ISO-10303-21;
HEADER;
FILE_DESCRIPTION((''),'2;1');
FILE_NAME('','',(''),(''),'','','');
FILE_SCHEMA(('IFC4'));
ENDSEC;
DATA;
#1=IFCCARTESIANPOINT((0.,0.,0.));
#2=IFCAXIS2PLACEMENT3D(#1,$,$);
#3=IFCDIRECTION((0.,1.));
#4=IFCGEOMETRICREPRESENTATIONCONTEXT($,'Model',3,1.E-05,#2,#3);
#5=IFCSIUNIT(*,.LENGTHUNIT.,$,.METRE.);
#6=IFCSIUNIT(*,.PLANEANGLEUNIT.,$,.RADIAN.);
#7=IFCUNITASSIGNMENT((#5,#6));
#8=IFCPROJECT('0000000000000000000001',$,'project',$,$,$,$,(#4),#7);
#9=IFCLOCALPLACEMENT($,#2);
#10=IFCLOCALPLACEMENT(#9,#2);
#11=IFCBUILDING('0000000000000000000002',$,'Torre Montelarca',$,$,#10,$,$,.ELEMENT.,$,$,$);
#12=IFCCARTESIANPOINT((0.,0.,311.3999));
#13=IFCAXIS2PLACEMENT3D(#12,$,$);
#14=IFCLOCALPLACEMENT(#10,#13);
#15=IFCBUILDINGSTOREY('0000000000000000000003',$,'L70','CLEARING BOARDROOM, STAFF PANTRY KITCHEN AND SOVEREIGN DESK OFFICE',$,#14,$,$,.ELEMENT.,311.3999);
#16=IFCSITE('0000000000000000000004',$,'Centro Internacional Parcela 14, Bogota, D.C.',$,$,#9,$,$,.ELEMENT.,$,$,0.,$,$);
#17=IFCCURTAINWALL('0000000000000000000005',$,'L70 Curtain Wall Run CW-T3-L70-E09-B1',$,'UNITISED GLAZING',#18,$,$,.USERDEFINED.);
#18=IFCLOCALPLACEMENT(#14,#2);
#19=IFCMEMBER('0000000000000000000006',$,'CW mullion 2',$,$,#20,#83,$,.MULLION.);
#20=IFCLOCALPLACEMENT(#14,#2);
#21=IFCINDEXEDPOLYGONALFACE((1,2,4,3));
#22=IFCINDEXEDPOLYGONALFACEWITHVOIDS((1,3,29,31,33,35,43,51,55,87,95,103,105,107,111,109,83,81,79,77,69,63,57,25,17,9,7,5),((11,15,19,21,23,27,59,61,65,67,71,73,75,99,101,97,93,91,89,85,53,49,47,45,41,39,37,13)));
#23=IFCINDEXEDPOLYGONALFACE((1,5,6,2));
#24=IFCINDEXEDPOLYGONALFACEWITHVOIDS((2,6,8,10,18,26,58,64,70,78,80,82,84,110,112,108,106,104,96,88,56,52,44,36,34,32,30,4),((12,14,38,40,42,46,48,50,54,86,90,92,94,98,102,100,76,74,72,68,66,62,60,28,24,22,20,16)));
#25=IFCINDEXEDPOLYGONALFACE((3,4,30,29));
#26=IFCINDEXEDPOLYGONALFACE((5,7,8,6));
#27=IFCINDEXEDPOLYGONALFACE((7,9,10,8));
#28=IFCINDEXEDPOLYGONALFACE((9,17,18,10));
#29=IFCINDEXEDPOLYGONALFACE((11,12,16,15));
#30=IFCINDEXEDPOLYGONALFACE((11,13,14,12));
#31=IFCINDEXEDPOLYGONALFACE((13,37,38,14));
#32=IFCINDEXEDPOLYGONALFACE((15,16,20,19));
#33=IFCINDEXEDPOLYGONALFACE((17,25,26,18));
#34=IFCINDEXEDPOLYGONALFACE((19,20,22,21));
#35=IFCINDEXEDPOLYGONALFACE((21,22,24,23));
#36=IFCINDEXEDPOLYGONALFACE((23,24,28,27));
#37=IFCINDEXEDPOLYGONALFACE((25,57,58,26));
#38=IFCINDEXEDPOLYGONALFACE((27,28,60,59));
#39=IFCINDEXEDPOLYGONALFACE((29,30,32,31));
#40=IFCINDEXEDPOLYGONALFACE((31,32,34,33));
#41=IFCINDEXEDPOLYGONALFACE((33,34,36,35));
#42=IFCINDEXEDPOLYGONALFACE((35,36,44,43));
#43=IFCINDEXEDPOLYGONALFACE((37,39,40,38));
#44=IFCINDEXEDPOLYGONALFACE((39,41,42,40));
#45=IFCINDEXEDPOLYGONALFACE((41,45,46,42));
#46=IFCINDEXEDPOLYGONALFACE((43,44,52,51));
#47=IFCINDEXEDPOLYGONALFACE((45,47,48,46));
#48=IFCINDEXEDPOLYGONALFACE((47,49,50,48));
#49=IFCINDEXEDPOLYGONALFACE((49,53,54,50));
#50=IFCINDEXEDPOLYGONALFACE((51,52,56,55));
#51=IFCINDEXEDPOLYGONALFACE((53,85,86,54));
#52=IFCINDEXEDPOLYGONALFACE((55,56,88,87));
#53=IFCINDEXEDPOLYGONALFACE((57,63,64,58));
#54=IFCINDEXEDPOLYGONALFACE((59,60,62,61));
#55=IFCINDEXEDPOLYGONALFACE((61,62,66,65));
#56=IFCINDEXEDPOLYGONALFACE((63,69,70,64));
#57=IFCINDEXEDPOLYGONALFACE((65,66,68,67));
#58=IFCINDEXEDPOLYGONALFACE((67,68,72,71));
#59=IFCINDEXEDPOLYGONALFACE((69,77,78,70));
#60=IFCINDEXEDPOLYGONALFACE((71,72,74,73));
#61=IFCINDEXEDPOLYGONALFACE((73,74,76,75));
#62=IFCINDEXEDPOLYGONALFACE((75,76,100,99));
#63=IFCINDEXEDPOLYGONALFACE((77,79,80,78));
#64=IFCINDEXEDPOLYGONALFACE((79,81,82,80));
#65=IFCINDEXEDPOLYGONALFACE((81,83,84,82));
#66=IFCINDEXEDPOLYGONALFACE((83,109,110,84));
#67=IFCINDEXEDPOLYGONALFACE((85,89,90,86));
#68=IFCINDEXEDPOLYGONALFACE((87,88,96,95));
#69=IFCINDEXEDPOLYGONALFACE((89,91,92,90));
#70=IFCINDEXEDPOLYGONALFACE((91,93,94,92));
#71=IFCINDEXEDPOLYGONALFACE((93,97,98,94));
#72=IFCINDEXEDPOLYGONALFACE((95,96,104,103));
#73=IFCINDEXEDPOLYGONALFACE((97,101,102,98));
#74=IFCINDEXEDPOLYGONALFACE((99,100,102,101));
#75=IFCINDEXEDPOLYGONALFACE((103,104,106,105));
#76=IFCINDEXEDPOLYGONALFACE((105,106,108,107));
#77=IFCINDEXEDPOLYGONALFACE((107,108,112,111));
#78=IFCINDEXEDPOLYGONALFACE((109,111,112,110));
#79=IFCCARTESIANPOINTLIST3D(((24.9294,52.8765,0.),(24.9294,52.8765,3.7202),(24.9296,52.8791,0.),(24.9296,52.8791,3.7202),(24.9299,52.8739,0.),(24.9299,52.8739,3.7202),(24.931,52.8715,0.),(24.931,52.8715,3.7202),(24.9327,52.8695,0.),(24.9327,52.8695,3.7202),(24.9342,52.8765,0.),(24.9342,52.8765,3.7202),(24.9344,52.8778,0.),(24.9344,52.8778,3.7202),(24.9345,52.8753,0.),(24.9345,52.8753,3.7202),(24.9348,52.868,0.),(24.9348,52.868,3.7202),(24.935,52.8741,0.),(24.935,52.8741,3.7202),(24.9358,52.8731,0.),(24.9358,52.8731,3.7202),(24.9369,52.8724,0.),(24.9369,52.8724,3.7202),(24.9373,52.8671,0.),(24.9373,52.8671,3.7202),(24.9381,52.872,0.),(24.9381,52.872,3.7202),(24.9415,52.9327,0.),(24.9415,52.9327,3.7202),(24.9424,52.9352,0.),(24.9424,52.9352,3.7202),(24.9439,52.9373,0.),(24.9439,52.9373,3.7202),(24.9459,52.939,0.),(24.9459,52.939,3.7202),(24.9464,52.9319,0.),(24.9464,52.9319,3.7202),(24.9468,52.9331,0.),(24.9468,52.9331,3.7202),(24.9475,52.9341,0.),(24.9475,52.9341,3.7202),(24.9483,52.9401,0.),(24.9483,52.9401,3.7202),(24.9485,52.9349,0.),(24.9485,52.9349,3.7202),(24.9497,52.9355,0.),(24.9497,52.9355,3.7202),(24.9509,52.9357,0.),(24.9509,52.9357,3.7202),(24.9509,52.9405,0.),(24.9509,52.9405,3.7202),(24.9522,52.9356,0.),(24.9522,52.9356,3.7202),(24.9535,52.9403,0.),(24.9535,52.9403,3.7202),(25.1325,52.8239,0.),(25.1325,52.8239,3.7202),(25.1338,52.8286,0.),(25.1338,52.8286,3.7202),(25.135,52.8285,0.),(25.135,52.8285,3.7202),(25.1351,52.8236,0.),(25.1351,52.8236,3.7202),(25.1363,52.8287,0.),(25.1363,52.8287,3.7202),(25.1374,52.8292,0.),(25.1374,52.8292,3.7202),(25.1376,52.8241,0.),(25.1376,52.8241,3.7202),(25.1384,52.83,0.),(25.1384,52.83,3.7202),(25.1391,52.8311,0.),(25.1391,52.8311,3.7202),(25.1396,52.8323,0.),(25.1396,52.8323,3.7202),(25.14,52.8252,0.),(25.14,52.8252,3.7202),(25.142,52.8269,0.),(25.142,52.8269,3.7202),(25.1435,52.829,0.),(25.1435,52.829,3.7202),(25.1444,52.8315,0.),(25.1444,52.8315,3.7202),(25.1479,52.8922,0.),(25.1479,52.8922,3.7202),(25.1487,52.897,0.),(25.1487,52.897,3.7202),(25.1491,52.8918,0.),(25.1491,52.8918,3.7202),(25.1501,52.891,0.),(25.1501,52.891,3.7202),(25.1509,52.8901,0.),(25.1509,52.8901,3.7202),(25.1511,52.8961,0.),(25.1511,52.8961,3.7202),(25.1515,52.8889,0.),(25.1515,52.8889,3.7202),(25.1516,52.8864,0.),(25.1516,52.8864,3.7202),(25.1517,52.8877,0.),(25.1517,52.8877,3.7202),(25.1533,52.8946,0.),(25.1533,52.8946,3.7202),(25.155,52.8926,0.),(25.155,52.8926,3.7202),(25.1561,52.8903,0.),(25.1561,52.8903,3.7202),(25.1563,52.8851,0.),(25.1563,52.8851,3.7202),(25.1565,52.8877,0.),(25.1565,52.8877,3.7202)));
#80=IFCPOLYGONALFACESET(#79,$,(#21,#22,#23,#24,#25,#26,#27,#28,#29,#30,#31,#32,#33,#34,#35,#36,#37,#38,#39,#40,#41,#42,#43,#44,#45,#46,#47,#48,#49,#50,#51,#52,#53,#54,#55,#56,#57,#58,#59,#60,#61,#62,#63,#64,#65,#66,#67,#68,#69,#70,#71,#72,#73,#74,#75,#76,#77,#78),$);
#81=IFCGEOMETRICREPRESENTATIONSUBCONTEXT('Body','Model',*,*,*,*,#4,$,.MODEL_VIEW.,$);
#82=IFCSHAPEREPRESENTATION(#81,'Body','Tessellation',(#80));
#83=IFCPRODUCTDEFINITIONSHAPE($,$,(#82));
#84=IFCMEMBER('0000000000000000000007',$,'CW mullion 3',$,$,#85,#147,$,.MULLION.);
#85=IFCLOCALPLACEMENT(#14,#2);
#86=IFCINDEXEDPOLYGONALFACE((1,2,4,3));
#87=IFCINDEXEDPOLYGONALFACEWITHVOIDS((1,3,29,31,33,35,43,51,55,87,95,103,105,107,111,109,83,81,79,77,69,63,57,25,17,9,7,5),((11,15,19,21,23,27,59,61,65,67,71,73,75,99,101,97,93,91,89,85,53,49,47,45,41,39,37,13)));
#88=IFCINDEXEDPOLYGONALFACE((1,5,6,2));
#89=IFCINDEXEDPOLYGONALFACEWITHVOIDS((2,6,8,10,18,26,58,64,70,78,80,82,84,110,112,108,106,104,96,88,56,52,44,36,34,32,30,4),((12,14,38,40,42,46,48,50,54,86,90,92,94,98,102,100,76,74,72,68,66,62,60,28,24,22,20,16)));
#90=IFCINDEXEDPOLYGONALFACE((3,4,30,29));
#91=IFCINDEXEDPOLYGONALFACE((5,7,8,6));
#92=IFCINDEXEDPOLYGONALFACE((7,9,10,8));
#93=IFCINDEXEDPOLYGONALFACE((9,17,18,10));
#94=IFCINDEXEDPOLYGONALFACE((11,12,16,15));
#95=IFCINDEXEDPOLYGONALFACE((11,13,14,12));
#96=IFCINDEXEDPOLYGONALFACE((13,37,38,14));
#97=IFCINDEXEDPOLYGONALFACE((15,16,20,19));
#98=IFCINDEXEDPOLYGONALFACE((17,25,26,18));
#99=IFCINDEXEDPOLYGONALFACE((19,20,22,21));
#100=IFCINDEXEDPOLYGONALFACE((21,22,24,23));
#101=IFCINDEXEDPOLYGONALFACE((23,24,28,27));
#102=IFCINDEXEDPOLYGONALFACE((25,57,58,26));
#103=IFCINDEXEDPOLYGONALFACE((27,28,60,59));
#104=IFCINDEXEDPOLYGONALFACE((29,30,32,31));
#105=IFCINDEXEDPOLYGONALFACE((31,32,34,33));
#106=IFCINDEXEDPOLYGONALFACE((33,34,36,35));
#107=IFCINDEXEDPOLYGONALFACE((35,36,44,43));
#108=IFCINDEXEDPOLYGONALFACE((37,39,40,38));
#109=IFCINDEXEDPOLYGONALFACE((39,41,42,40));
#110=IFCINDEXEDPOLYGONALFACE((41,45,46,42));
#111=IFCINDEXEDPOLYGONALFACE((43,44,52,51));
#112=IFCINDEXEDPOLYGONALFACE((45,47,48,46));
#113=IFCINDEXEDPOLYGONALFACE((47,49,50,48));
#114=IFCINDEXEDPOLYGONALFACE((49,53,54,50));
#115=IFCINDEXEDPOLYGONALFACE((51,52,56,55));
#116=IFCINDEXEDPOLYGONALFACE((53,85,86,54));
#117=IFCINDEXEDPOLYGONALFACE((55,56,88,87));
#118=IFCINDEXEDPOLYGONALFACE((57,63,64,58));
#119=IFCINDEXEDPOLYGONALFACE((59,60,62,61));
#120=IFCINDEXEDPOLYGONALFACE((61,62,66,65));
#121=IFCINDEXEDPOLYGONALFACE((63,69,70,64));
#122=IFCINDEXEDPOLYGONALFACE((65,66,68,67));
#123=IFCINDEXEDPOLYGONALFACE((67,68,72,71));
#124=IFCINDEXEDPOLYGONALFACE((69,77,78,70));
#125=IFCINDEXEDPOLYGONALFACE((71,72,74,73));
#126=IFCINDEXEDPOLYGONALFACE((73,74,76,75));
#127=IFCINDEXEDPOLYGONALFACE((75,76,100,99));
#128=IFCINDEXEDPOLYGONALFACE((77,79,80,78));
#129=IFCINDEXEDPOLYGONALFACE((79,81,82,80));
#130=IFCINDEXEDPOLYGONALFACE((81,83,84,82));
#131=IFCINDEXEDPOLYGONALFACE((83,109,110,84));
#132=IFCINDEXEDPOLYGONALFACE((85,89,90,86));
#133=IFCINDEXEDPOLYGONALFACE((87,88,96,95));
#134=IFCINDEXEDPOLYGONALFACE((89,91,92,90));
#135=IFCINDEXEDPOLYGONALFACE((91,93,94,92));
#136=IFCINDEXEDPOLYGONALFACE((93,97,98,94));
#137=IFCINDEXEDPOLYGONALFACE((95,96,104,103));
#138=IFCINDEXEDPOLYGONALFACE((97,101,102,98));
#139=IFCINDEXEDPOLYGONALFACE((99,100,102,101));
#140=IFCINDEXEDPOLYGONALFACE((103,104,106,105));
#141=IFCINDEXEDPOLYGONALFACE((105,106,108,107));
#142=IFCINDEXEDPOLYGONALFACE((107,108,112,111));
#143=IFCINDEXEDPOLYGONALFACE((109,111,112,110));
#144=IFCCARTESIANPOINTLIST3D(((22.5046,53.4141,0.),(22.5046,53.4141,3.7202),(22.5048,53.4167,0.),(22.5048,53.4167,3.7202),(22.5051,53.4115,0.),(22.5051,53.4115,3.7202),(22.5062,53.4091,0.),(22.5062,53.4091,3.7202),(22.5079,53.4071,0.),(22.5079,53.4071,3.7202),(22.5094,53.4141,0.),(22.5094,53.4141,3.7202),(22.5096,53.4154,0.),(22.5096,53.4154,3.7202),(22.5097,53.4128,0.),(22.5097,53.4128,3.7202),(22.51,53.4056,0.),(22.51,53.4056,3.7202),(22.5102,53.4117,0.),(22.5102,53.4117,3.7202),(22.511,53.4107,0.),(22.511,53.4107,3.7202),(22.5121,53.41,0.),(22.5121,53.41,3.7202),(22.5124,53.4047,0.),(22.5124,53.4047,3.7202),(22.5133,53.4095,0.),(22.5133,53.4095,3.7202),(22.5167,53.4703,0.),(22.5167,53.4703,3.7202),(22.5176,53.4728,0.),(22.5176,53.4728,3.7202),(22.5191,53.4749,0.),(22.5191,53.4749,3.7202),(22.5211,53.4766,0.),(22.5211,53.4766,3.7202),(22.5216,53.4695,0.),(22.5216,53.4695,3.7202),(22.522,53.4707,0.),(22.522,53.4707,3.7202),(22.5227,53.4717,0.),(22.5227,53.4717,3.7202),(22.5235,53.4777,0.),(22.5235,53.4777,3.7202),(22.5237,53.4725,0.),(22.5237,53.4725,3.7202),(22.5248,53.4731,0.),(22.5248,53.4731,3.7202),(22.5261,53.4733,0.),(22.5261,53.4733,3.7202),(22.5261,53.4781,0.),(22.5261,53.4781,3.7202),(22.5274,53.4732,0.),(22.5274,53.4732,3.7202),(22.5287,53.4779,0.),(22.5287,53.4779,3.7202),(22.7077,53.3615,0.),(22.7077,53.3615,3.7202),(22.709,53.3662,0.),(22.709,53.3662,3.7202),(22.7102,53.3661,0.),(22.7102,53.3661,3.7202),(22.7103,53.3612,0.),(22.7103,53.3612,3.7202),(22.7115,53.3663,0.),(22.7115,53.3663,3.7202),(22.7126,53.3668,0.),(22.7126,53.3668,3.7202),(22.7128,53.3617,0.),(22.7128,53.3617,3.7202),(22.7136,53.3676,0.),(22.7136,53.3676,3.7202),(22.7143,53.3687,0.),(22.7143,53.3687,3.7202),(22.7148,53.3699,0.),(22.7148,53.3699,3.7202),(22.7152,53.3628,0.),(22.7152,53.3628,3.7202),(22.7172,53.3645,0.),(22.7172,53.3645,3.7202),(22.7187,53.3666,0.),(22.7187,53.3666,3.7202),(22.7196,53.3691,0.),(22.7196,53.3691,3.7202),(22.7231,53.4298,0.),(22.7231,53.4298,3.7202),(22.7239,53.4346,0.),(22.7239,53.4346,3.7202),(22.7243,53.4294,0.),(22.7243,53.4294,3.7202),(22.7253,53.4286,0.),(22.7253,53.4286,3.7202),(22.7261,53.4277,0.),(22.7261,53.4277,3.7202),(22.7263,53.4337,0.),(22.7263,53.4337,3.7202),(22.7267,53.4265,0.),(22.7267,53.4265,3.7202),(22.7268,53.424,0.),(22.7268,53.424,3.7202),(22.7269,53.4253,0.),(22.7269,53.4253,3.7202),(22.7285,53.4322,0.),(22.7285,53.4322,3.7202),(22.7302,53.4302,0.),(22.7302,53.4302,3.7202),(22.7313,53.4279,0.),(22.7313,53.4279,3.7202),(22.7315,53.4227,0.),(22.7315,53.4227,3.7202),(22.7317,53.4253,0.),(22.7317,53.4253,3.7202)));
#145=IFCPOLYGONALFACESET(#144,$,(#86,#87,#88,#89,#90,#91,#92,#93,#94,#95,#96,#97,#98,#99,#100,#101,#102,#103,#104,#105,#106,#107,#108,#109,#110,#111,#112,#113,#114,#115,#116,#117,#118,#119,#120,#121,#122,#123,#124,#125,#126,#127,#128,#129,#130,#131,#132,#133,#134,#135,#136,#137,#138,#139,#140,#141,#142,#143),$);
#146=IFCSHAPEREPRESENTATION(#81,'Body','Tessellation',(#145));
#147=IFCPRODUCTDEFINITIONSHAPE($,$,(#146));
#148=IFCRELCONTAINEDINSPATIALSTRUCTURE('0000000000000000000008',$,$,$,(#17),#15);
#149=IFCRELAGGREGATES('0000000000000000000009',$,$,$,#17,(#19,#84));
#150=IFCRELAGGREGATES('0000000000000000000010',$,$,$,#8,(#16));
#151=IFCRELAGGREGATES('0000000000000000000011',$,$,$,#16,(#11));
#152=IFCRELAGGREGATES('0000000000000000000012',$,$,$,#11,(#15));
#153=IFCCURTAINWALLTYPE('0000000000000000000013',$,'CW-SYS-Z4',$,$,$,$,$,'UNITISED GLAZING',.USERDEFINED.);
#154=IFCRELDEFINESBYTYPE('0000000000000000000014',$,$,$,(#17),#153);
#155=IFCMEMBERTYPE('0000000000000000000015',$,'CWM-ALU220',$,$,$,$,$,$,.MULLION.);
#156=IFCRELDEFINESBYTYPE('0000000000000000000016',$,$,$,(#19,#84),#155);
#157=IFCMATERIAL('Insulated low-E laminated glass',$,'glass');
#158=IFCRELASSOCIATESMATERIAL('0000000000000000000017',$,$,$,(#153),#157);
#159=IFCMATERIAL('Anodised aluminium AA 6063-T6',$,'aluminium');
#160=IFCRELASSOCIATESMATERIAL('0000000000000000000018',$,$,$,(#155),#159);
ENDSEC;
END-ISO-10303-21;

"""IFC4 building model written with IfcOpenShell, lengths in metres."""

from ifc_helpers import new_model, si_unit, direction, frame, origin, origin_2d, place, context, subcontext, project, spatial, hollow_rectangle, extrude, source, transform, mapped, material, material_profile, profile_set, type_object, element, aggregate, save


model = new_model("IFC4")

# Units and contexts
model_context = context("Model", 3, precision=1e-05, world=origin(), true_north=direction((0.0, 1.0)))
body_context = subcontext(model_context, "Body", "Model", "MODEL_VIEW")
ifc_project = project(units=[si_unit("LENGTHUNIT", "METRE"), si_unit("PLANEANGLEUNIT", "RADIAN")], contexts=[model_context])

# Site, building, storey
site_placement = place(None, origin())
site = spatial("IfcSite", under=ifc_project, at=site_placement, Name="Centro Internacional Parcela 14, Bogota, D.C.", CompositionType="ELEMENT", RefElevation=0.0)
building_placement = place(site_placement, origin())
building = spatial("IfcBuilding", under=site, at=building_placement, Name="Torre Montelarca", CompositionType="ELEMENT")
storey_placement = place(building_placement, frame((0.0, 0.0, 311.3999)))
storey = spatial("IfcBuildingStorey", under=building, at=storey_placement, Name="L70", Description="CLEARING BOARDROOM, STAFF PANTRY KITCHEN AND SOVEREIGN DESK OFFICE", CompositionType="ELEMENT", Elevation=311.3999)

# Curtain wall, members
ifc_material_1 = material(Name="Insulated low-E laminated glass", Category="glass")
curtain_wall_type = type_object("IfcCurtainWallType", Name="CW-SYS-Z4", ElementType="UNITISED GLAZING", PredefinedType="USERDEFINED", material=ifc_material_1)
ifc_material_2 = material(Name="Anodised aluminium AA 6063-T6", Category="aluminium")
ifc_material_profile_1 = material_profile(ifc_material_2, hollow_rectangle(XDim=0.075, YDim=0.22, WallThickness=0.0049, InnerFilletRadius=0.0049, OuterFilletRadius=0.01, at=origin_2d()), Name="ALU75X220X5", Category="aluminium")
ifc_profile_set_1 = profile_set([ifc_material_profile_1], Name="Anodised aluminium AA 6063-T6")
member_type_1 = type_object("IfcMemberType", Name="CWM-ALU220", PredefinedType="MULLION", material=ifc_profile_set_1)
shared_shape_1 = source(origin(), body_context, "Body", "SweptSolid", [
    extrude(hollow_rectangle(XDim=0.075, YDim=0.22, WallThickness=0.0049, InnerFilletRadius=0.0049, OuterFilletRadius=0.01, at=origin_2d()), origin(), (0.0, 0.0, 1.0), 3.7202),
])
curtain_wall_1_placement = place(storey_placement, origin())
curtain_wall_1 = element("IfcCurtainWall", 1, at=curtain_wall_1_placement, inside=storey, type_object=curtain_wall_type, Name="L70 Curtain Wall Run CW-T3-L70-E09-B1", ObjectType="UNITISED GLAZING", PredefinedType="USERDEFINED")
member_1_placement = place(storey_placement, frame((25.043, 52.8821, 0.0), z_axis=(0.0, 0.0, 1.0), x_axis=(-0.216443, -0.976295, 0.0)))
member_1 = element("IfcMember", 2, at=member_1_placement, type_object=member_type_1, Name="CW mullion 2", PredefinedType="MULLION", context=body_context, shape_type="MappedRepresentation", body=[
    mapped(shared_shape_1, transform((0.0, 0.0, 0.0), scale=1.0)),
])
member_2_placement = place(storey_placement, frame((22.6182, 53.4197, 0.0), z_axis=(0.0, 0.0, 1.0), x_axis=(-0.216443, -0.976295, 0.0)))
member_2 = element("IfcMember", 3, at=member_2_placement, type_object=member_type_1, Name="CW mullion 3", PredefinedType="MULLION", context=body_context, shape_type="MappedRepresentation", body=[
    mapped(shared_shape_1, transform((0.0, 0.0, 0.0), scale=1.0)),
])

aggregate(curtain_wall_1, [member_1, member_2])

save(model, "model.ifc")
